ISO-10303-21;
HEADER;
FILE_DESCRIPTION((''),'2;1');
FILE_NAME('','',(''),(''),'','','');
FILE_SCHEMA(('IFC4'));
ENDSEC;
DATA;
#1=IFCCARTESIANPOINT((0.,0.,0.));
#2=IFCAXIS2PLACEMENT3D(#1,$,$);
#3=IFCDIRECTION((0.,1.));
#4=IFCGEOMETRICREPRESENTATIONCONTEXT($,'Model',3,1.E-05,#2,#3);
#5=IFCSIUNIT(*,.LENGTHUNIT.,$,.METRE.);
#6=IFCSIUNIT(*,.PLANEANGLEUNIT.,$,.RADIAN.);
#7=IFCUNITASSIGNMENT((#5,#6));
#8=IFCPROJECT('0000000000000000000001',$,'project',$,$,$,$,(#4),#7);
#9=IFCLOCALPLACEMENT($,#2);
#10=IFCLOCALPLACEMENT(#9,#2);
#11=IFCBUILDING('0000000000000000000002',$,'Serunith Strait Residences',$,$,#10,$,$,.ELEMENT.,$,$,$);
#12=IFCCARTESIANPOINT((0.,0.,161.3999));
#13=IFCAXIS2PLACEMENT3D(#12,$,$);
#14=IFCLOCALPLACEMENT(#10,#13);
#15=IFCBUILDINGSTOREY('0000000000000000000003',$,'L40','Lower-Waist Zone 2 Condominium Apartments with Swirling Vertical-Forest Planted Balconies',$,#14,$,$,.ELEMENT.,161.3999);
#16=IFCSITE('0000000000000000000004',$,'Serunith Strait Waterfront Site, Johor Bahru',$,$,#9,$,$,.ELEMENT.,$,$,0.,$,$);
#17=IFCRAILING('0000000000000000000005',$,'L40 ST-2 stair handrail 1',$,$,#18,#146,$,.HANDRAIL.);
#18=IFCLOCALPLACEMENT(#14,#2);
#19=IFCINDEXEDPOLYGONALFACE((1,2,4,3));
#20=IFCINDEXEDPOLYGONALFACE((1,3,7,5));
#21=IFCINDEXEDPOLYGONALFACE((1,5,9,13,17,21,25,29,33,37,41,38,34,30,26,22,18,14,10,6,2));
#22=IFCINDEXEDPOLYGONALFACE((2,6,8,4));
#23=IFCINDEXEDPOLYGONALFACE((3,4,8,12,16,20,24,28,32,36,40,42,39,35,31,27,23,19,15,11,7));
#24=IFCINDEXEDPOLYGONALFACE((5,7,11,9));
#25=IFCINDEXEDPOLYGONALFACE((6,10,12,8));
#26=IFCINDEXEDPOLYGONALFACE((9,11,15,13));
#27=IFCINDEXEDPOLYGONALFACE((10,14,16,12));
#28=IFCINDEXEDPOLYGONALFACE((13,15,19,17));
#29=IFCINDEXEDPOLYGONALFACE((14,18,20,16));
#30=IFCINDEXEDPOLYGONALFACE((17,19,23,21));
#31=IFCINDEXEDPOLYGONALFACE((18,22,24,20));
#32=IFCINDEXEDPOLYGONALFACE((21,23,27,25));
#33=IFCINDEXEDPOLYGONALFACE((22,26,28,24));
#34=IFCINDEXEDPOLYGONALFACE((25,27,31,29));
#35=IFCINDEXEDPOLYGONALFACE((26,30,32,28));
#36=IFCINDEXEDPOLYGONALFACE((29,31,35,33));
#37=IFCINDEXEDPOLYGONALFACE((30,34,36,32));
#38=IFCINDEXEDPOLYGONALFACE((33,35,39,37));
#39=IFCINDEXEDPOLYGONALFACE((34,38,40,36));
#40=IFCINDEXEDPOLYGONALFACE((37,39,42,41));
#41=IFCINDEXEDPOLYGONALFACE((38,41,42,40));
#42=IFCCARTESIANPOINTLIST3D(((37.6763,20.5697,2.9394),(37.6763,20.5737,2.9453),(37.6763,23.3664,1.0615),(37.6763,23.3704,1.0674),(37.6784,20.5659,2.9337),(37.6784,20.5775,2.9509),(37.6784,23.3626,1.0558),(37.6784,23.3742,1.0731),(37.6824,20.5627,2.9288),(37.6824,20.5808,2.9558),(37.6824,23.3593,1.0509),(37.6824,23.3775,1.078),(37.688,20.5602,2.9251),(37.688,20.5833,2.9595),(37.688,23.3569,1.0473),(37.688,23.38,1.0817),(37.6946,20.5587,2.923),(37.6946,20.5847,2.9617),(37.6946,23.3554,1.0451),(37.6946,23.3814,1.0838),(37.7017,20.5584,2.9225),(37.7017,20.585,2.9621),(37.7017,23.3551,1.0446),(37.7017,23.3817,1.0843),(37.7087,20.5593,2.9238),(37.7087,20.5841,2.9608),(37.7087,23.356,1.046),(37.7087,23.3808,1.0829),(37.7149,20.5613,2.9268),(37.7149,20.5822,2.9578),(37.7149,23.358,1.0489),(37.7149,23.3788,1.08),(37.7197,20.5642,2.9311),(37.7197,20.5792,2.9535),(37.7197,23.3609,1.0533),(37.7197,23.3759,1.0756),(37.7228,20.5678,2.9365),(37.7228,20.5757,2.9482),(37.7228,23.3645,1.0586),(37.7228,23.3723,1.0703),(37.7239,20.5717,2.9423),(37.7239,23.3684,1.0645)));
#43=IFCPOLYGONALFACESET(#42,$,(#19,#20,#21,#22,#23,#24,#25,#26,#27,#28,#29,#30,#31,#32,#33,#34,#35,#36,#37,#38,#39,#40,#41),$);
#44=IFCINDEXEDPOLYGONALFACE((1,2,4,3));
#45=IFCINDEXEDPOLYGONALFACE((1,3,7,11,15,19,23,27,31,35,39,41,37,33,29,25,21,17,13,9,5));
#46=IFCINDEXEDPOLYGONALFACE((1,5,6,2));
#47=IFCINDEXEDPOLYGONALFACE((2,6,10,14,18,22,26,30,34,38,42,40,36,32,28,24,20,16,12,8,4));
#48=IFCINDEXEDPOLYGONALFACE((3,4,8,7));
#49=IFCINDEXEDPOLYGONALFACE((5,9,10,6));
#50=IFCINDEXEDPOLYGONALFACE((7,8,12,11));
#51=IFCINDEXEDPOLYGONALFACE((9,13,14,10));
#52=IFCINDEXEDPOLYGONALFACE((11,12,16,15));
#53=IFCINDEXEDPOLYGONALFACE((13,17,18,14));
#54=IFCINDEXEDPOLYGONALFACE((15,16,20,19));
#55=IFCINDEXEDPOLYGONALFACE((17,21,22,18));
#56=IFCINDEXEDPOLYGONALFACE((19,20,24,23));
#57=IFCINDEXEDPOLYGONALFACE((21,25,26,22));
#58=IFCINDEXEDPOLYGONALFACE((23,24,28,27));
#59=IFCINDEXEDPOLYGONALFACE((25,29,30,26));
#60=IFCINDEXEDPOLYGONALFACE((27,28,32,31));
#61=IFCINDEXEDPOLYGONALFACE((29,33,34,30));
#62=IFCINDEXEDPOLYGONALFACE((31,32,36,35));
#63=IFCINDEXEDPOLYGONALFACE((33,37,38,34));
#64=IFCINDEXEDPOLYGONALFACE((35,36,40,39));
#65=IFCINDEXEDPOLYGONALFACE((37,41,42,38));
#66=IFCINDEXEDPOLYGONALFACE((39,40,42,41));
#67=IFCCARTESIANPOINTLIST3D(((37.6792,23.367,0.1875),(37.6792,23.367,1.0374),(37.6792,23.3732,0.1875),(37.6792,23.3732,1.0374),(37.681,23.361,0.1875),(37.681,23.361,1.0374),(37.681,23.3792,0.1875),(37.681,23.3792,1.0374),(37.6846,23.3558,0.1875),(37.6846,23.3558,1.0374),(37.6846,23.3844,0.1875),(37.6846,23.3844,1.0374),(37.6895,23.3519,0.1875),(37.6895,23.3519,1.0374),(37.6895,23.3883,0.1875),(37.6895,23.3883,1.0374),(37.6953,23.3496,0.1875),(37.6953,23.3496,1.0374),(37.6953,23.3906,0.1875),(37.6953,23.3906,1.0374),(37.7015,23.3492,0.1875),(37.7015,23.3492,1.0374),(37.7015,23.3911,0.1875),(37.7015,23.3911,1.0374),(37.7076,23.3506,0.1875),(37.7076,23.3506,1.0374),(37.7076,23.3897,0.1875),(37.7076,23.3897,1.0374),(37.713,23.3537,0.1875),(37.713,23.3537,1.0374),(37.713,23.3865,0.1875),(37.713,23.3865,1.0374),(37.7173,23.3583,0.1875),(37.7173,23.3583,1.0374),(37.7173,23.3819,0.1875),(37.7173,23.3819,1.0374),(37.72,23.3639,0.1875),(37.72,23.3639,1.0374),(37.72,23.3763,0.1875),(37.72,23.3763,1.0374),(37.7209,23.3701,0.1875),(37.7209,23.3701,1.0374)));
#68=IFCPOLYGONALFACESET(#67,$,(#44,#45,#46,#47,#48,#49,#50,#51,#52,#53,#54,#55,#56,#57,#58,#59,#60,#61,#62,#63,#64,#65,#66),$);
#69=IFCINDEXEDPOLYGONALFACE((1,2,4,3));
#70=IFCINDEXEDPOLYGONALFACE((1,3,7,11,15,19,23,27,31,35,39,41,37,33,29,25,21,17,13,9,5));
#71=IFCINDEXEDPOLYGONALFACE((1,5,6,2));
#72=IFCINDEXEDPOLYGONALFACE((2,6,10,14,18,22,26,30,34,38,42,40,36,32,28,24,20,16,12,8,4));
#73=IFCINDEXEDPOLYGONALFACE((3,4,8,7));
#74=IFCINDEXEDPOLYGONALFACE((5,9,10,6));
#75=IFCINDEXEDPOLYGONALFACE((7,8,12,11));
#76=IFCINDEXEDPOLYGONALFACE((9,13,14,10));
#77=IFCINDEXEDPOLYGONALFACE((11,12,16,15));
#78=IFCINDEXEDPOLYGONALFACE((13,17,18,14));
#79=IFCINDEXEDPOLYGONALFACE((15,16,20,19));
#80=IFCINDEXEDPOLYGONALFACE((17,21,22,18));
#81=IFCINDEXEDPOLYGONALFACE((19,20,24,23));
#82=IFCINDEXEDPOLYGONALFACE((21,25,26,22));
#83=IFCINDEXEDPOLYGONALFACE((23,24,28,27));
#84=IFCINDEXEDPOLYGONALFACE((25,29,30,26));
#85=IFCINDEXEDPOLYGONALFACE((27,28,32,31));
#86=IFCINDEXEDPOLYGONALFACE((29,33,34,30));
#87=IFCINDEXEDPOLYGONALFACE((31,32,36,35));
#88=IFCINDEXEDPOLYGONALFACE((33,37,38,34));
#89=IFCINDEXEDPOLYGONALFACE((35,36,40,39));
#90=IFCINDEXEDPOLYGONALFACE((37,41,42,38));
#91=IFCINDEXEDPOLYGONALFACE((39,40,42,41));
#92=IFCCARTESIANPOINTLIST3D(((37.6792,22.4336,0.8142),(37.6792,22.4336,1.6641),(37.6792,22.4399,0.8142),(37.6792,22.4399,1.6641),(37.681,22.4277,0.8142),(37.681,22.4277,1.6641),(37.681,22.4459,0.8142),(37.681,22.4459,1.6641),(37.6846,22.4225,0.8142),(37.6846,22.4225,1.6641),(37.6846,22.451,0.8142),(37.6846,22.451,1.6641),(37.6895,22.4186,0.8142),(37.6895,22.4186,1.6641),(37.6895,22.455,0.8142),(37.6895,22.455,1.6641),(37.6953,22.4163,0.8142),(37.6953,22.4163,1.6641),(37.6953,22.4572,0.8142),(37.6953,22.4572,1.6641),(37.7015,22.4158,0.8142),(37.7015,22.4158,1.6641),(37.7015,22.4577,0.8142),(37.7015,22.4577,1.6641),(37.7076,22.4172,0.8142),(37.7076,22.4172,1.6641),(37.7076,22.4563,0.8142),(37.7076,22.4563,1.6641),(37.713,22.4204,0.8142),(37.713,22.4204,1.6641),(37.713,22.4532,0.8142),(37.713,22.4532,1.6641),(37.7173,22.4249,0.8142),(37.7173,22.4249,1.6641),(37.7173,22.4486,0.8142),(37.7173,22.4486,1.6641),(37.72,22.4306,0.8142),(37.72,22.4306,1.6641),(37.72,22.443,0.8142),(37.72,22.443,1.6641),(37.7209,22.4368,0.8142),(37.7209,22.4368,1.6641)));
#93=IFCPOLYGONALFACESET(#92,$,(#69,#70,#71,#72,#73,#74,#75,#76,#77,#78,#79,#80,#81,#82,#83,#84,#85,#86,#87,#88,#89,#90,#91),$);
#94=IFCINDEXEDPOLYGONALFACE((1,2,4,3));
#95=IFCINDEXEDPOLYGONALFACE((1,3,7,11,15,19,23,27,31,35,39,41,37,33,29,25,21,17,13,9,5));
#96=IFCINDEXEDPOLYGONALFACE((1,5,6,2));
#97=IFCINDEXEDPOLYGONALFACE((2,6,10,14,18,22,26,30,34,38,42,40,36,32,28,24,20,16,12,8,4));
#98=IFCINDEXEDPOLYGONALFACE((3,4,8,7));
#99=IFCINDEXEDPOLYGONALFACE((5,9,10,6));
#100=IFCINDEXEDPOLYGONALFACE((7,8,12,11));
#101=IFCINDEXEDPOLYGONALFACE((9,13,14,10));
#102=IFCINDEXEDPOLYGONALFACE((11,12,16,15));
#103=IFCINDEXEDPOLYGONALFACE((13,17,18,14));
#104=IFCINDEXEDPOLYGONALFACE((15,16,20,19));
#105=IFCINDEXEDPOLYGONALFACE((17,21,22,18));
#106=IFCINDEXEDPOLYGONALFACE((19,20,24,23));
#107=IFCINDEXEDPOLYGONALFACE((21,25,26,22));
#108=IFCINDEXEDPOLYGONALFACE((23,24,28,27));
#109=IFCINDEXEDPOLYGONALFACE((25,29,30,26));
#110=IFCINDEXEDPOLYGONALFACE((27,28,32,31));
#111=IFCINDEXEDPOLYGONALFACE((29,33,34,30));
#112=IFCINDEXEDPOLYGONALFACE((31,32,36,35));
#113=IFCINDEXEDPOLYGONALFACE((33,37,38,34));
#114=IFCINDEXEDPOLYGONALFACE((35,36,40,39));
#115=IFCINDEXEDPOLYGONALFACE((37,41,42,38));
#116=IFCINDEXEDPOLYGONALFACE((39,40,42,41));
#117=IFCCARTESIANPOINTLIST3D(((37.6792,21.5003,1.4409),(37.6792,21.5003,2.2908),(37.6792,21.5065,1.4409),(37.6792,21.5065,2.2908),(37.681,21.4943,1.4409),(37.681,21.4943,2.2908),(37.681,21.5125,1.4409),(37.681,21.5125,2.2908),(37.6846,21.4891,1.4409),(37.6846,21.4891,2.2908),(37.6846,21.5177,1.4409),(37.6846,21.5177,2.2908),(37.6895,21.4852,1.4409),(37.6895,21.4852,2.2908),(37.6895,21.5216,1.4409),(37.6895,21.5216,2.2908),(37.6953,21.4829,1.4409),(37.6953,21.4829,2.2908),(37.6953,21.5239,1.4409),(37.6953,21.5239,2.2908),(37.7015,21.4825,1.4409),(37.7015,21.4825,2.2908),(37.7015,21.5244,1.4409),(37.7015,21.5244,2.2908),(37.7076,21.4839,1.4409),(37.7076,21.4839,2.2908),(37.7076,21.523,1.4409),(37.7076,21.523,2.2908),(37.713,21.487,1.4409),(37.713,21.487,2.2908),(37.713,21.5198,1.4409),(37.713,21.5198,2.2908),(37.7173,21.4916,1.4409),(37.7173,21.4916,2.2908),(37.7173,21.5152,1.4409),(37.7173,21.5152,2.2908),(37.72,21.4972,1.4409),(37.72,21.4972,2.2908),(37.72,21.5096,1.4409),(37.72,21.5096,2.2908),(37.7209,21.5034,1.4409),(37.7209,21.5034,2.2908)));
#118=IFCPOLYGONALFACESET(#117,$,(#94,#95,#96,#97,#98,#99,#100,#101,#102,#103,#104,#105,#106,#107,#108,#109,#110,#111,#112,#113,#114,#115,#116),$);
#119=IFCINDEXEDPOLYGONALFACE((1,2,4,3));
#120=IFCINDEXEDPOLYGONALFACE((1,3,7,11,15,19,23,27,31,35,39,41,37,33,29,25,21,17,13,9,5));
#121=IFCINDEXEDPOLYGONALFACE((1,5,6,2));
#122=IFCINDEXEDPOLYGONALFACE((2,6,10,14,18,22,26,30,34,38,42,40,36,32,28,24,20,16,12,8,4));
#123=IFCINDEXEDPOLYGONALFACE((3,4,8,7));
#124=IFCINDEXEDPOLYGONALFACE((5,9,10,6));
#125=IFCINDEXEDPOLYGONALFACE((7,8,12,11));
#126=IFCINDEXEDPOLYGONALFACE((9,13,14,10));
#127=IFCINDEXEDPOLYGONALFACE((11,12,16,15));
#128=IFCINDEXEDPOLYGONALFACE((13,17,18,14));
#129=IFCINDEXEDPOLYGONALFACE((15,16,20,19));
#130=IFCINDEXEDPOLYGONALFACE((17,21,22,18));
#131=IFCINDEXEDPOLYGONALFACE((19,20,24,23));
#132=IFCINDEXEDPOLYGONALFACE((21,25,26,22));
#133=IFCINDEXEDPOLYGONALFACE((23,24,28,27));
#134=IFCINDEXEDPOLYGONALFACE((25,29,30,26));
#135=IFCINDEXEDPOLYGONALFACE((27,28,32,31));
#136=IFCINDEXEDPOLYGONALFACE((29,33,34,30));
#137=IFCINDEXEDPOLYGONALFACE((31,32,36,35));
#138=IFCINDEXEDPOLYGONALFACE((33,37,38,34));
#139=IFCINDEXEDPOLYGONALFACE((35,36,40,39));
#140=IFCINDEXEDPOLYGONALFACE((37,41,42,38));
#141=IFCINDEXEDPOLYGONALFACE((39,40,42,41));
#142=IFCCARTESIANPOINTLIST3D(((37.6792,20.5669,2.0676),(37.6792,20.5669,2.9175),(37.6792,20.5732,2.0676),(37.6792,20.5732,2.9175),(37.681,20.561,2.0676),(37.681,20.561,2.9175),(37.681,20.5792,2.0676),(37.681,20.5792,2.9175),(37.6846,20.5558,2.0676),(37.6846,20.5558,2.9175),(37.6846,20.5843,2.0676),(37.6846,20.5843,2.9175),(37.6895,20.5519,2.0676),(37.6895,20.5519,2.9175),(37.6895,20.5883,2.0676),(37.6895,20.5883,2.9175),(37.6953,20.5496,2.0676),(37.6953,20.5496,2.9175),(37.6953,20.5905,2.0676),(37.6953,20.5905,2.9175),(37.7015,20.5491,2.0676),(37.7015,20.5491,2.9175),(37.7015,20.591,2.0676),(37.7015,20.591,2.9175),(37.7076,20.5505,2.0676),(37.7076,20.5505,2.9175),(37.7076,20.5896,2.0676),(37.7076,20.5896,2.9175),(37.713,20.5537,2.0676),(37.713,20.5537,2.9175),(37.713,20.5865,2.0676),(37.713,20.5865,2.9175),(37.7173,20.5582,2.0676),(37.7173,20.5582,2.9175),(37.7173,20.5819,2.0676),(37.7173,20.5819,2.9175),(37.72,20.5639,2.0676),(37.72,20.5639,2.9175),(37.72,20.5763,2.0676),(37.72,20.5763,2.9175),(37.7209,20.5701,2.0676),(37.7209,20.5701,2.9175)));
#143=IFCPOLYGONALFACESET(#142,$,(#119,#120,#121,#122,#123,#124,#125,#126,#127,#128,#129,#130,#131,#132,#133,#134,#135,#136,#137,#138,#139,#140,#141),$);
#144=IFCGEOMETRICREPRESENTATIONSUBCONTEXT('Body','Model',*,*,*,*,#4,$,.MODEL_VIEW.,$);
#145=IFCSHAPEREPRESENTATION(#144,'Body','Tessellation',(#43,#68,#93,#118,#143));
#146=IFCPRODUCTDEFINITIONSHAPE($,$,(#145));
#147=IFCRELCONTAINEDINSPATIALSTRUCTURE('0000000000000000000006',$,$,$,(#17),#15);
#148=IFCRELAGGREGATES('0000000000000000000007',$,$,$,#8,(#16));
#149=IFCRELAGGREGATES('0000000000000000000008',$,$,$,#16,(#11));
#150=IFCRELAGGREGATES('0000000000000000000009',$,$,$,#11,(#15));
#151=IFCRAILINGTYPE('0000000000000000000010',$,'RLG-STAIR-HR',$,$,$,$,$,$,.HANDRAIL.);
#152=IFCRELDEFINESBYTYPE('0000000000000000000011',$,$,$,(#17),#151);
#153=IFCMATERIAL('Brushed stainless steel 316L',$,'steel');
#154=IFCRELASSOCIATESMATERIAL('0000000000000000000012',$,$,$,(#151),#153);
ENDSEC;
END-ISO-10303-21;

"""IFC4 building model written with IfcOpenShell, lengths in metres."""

from ifc_helpers import new_model, si_unit, direction, frame, origin, origin_2d, place, context, subcontext, project, spatial, circle, extrude, material, type_object, element, save


model = new_model("IFC4")

# Units and contexts
model_context = context("Model", 3, precision=1e-05, world=origin(), true_north=direction((0.0, 1.0)))
body_context = subcontext(model_context, "Body", "Model", "MODEL_VIEW")
ifc_project = project(units=[si_unit("LENGTHUNIT", "METRE"), si_unit("PLANEANGLEUNIT", "RADIAN")], contexts=[model_context])

# Site, building, storey
site_placement = place(None, origin())
site = spatial("IfcSite", under=ifc_project, at=site_placement, Name="Serunith Strait Waterfront Site, Johor Bahru", CompositionType="ELEMENT", RefElevation=0.0)
building_placement = place(site_placement, origin())
building = spatial("IfcBuilding", under=site, at=building_placement, Name="Serunith Strait Residences", CompositionType="ELEMENT")
storey_placement = place(building_placement, frame((0.0, 0.0, 161.3999)))
storey = spatial("IfcBuildingStorey", under=building, at=storey_placement, Name="L40", Description="Lower-Waist Zone 2 Condominium Apartments with Swirling Vertical-Forest Planted Balconies", CompositionType="ELEMENT", Elevation=161.3999)

# Railing
ifc_material_1 = material(Name="Brushed stainless steel 316L", Category="steel")
railing_type_1 = type_object("IfcRailingType", Name="RLG-STAIR-HR", PredefinedType="HANDRAIL", material=ifc_material_1)
railing_1_placement = place(storey_placement, frame((37.7, 23.3701, 0.1875)))
element("IfcRailing", 1, at=railing_1_placement, inside=storey, type_object=railing_type_1, Name="L40 ST-2 stair handrail 1", PredefinedType="HANDRAIL", context=body_context, shape_type="SweptSolid", body=[
    extrude(circle(Radius=0.0239, at=origin_2d()), frame((0.0, -0.0017, 0.877), z_axis=(0.0, -0.830208, 0.557453), x_axis=(1.0, 0.0, 0.0)), (0.0, 0.0, 1.0), 3.3687),
    extrude(circle(Radius=0.021, at=origin_2d()), origin(), (0.0, 0.0, 1.0), 0.8499),
    extrude(circle(Radius=0.021, at=origin_2d()), frame((0.0, -0.9333, 0.6267)), (0.0, 0.0, 1.0), 0.8499),
    extrude(circle(Radius=0.021, at=origin_2d()), frame((0.0, -1.8667, 1.2534)), (0.0, 0.0, 1.0), 0.8499),
    extrude(circle(Radius=0.021, at=origin_2d()), frame((0.0, -2.8, 1.8801)), (0.0, 0.0, 1.0), 0.8499),
])

save(model, "model.ifc")
